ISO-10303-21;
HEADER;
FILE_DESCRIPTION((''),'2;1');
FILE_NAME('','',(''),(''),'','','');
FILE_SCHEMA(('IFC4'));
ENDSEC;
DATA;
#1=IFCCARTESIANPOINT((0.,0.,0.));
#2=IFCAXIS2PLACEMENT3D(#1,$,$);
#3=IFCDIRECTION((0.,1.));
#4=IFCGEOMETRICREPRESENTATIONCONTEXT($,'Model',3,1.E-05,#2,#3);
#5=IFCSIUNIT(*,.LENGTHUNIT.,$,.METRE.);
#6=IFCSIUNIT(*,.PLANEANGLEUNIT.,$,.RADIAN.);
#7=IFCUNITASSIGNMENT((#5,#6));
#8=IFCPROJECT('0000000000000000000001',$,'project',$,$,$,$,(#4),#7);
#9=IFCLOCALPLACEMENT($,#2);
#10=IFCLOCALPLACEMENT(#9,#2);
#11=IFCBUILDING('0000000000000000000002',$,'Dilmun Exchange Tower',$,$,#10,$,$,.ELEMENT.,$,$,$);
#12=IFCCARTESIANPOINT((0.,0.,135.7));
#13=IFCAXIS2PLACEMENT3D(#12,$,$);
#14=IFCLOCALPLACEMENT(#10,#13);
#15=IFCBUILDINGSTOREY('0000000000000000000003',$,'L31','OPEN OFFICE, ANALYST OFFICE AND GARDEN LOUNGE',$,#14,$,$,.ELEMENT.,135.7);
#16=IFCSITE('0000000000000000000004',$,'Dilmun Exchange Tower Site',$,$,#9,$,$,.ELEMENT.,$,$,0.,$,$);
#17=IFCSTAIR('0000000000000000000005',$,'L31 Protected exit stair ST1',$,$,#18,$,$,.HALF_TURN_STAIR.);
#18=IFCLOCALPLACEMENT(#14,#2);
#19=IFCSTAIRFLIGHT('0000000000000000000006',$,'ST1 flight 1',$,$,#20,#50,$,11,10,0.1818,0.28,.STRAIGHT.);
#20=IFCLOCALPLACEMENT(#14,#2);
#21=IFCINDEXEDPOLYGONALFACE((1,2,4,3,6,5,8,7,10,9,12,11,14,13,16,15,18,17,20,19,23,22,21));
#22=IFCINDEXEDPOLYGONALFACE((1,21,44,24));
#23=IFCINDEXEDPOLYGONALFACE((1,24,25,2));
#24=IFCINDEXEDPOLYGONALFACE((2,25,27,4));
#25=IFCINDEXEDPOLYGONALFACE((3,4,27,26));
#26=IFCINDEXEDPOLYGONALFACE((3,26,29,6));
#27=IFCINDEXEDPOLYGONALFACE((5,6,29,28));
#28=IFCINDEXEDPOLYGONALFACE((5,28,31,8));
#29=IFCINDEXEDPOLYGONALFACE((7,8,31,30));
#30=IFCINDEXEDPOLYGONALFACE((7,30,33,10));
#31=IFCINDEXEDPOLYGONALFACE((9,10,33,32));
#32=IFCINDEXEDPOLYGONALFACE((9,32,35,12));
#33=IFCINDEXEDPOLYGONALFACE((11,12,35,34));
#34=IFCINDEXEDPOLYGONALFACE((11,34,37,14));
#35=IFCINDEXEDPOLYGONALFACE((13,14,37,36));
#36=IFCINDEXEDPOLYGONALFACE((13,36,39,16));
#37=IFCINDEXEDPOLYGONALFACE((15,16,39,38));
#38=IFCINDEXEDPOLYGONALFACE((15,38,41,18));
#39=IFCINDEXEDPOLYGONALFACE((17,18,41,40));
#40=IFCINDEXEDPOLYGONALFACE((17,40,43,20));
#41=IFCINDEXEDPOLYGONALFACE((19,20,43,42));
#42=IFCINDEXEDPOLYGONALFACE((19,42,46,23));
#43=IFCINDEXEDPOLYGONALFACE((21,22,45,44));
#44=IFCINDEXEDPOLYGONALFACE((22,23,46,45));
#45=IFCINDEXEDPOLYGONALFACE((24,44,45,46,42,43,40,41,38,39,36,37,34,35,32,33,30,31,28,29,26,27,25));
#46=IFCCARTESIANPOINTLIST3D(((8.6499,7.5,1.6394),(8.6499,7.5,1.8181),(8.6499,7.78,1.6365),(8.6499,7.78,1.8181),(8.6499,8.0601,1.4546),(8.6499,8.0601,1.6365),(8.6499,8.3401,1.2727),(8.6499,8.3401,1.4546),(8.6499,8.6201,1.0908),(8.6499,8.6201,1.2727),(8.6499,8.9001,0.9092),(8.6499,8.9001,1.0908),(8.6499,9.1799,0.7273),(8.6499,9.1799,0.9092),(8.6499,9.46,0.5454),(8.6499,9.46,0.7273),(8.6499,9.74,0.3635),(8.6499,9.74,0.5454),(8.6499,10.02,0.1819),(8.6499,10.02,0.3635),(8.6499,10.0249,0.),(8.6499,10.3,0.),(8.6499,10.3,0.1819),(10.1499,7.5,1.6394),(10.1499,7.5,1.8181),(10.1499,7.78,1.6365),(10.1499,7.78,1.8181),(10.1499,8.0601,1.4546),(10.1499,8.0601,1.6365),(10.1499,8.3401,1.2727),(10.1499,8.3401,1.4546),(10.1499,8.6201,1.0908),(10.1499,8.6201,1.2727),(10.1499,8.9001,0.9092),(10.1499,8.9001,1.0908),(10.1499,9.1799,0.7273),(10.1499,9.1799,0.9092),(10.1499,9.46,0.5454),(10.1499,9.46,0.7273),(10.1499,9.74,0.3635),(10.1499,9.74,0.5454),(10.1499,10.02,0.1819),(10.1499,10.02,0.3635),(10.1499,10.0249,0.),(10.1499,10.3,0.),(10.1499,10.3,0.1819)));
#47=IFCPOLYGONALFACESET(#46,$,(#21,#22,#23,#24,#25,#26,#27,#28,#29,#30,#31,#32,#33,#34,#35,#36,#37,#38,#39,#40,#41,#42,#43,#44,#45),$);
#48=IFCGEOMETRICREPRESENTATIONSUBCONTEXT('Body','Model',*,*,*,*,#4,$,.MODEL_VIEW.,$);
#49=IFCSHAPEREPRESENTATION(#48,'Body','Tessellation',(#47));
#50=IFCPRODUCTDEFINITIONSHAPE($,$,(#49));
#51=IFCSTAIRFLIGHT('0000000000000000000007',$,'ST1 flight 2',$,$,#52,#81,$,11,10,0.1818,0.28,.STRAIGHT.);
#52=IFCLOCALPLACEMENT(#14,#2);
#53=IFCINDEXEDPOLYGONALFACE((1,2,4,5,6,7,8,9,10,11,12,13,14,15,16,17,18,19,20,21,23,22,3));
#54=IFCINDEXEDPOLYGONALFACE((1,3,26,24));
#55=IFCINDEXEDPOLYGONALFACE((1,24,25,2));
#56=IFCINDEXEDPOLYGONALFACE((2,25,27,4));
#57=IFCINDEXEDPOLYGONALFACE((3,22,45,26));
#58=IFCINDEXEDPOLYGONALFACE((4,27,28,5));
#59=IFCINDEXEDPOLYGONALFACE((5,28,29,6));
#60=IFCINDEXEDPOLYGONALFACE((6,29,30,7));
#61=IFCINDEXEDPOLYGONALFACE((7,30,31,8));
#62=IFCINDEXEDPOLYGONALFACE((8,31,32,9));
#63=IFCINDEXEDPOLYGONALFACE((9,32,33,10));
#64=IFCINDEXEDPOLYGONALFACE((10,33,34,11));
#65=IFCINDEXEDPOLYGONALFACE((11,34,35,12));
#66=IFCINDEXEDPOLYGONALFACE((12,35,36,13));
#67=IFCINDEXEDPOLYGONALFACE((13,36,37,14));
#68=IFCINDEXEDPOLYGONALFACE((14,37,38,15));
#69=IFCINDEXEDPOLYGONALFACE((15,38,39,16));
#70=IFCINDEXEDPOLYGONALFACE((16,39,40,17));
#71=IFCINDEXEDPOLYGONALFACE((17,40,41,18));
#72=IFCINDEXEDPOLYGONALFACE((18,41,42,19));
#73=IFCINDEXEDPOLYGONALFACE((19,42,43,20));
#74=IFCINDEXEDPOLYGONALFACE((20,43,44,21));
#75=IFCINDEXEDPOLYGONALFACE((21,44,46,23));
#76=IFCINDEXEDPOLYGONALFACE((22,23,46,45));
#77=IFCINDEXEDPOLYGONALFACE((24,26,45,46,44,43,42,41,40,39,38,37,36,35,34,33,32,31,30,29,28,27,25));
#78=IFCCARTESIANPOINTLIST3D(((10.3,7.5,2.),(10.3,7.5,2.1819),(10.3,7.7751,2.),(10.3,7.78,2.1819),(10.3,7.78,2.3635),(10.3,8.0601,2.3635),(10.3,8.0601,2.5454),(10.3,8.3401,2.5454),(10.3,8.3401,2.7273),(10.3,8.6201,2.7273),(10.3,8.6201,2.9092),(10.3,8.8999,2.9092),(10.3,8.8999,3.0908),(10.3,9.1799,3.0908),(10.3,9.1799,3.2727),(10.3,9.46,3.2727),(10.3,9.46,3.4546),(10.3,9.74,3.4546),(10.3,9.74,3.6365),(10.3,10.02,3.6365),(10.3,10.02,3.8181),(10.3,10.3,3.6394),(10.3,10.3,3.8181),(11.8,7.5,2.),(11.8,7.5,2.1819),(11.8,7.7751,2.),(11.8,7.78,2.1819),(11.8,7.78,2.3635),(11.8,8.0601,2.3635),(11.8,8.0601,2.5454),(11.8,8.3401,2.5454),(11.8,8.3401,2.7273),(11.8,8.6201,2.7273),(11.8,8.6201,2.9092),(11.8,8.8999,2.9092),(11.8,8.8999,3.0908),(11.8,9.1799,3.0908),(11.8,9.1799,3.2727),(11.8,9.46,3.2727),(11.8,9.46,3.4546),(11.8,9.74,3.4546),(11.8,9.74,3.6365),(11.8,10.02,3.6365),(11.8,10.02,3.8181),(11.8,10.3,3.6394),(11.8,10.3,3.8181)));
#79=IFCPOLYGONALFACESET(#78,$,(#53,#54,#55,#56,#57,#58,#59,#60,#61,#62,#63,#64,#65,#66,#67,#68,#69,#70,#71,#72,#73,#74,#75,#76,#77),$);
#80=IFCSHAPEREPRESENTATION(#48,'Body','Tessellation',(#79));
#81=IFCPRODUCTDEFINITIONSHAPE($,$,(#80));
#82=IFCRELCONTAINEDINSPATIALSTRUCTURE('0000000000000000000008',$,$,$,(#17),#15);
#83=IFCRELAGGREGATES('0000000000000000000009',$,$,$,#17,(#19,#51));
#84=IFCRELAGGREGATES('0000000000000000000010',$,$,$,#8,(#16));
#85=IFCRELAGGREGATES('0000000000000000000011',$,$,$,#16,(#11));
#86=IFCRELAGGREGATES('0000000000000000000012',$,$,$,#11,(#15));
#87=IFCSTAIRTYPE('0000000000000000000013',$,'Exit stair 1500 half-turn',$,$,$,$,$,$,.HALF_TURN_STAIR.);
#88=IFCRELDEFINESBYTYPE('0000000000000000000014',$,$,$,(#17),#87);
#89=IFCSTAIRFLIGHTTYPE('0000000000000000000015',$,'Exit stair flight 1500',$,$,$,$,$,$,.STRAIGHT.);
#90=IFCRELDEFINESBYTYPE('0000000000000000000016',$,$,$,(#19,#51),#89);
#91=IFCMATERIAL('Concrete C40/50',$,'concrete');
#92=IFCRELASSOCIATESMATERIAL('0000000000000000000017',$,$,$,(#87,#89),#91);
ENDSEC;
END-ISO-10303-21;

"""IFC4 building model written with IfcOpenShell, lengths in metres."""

from ifc_helpers import new_model, si_unit, direction, frame, origin, place, context, subcontext, project, spatial, polyline, outline, extrude, material, type_object, element, aggregate, save


model = new_model("IFC4")

# Units and contexts
model_context = context("Model", 3, precision=1e-05, world=origin(), true_north=direction((0.0, 1.0)))
body_context = subcontext(model_context, "Body", "Model", "MODEL_VIEW")
ifc_project = project(units=[si_unit("LENGTHUNIT", "METRE"), si_unit("PLANEANGLEUNIT", "RADIAN")], contexts=[model_context])

# Site, building, storey
site_placement = place(None, origin())
site = spatial("IfcSite", under=ifc_project, at=site_placement, Name="Dilmun Exchange Tower Site", CompositionType="ELEMENT", RefElevation=0.0)
building_placement = place(site_placement, origin())
building = spatial("IfcBuilding", under=site, at=building_placement, Name="Dilmun Exchange Tower", CompositionType="ELEMENT")
storey_placement = place(building_placement, frame((0.0, 0.0, 135.7)))
storey = spatial("IfcBuildingStorey", under=building, at=storey_placement, Name="L31", Description="OPEN OFFICE, ANALYST OFFICE AND GARDEN LOUNGE", CompositionType="ELEMENT", Elevation=135.7)

# Shared definitions
ifc_material_1 = material(Name="Concrete C40/50", Category="concrete")

# Stair, stair flights
stair_type = type_object("IfcStairType", Name="Exit stair 1500 half-turn", PredefinedType="HALF_TURN_STAIR", material=ifc_material_1)
stair_placement = place(storey_placement, origin())
stair = element("IfcStair", 1, at=stair_placement, inside=storey, type_object=stair_type, Name="L31 Protected exit stair ST1", PredefinedType="HALF_TURN_STAIR")
stair_flight_type = type_object("IfcStairFlightType", Name="Exit stair flight 1500", PredefinedType="STRAIGHT", material=ifc_material_1)
stair_flight_1_placement = place(storey_placement, frame((9.3999, 10.3, 0.0), z_axis=(0.0, 0.0, 1.0), x_axis=(0.0, -1.0, 0.0)))
stair_flight_1 = element("IfcStairFlight", 2, at=stair_flight_1_placement, type_object=stair_flight_type, Name="ST1 flight 1", NumberOfRisers=11, NumberOfTreads=10, PredefinedType="STRAIGHT", RiserHeight=0.1818, TreadLength=0.28, context=body_context, shape_type="SweptSolid", body=[
    extrude(outline(polyline([(0.0, 0.0), (0.0, 0.1819), (0.28, 0.1819), (0.28, 0.3635), (0.5601, 0.3635), (0.5601, 0.5454), (0.8401, 0.5454), (0.8401, 0.7273), (1.1201, 0.7273), (1.1201, 0.9092), (1.3999, 0.9092), (1.3999, 1.0908), (1.6799, 1.0908), (1.6799, 1.2727), (1.96, 1.2727), (1.96, 1.4546), (2.24, 1.4546), (2.24, 1.6365), (2.52, 1.6365), (2.52, 1.8181), (2.8, 1.8181), (2.8, 2.0), (2.8, 1.6394), (0.2751, 0.0), (0.0, 0.0)])), frame((0.0, 0.75, 0.0), z_axis=(0.0, -1.0, 0.0), x_axis=(1.0, 0.0, 0.0)), (0.0, 0.0, 1.0), 1.5),
])
stair_flight_2_placement = place(storey_placement, frame((11.05, 7.5, 2.0), z_axis=(0.0, 0.0, 1.0), x_axis=(0.0, 1.0, 0.0)))
stair_flight_2 = element("IfcStairFlight", 3, at=stair_flight_2_placement, type_object=stair_flight_type, Name="ST1 flight 2", NumberOfRisers=11, NumberOfTreads=10, PredefinedType="STRAIGHT", RiserHeight=0.1818, TreadLength=0.28, context=body_context, shape_type="SweptSolid", body=[
    extrude(outline(polyline([(0.0, 0.0), (0.0, 0.1819), (0.28, 0.1819), (0.28, 0.3635), (0.5601, 0.3635), (0.5601, 0.5454), (0.8401, 0.5454), (0.8401, 0.7273), (1.1201, 0.7273), (1.1201, 0.9092), (1.3999, 0.9092), (1.3999, 1.0908), (1.6799, 1.0908), (1.6799, 1.2727), (1.96, 1.2727), (1.96, 1.4546), (2.24, 1.4546), (2.24, 1.6365), (2.52, 1.6365), (2.52, 1.8181), (2.8, 1.8181), (2.8, 2.0), (2.8, 1.6394), (0.2751, 0.0), (0.0, 0.0)])), frame((0.0, 0.75, 0.0), z_axis=(0.0, -1.0, 0.0), x_axis=(1.0, 0.0, 0.0)), (0.0, 0.0, 1.0), 1.5),
])
aggregate(stair, [stair_flight_1, stair_flight_2])

save(model, "model.ifc")
